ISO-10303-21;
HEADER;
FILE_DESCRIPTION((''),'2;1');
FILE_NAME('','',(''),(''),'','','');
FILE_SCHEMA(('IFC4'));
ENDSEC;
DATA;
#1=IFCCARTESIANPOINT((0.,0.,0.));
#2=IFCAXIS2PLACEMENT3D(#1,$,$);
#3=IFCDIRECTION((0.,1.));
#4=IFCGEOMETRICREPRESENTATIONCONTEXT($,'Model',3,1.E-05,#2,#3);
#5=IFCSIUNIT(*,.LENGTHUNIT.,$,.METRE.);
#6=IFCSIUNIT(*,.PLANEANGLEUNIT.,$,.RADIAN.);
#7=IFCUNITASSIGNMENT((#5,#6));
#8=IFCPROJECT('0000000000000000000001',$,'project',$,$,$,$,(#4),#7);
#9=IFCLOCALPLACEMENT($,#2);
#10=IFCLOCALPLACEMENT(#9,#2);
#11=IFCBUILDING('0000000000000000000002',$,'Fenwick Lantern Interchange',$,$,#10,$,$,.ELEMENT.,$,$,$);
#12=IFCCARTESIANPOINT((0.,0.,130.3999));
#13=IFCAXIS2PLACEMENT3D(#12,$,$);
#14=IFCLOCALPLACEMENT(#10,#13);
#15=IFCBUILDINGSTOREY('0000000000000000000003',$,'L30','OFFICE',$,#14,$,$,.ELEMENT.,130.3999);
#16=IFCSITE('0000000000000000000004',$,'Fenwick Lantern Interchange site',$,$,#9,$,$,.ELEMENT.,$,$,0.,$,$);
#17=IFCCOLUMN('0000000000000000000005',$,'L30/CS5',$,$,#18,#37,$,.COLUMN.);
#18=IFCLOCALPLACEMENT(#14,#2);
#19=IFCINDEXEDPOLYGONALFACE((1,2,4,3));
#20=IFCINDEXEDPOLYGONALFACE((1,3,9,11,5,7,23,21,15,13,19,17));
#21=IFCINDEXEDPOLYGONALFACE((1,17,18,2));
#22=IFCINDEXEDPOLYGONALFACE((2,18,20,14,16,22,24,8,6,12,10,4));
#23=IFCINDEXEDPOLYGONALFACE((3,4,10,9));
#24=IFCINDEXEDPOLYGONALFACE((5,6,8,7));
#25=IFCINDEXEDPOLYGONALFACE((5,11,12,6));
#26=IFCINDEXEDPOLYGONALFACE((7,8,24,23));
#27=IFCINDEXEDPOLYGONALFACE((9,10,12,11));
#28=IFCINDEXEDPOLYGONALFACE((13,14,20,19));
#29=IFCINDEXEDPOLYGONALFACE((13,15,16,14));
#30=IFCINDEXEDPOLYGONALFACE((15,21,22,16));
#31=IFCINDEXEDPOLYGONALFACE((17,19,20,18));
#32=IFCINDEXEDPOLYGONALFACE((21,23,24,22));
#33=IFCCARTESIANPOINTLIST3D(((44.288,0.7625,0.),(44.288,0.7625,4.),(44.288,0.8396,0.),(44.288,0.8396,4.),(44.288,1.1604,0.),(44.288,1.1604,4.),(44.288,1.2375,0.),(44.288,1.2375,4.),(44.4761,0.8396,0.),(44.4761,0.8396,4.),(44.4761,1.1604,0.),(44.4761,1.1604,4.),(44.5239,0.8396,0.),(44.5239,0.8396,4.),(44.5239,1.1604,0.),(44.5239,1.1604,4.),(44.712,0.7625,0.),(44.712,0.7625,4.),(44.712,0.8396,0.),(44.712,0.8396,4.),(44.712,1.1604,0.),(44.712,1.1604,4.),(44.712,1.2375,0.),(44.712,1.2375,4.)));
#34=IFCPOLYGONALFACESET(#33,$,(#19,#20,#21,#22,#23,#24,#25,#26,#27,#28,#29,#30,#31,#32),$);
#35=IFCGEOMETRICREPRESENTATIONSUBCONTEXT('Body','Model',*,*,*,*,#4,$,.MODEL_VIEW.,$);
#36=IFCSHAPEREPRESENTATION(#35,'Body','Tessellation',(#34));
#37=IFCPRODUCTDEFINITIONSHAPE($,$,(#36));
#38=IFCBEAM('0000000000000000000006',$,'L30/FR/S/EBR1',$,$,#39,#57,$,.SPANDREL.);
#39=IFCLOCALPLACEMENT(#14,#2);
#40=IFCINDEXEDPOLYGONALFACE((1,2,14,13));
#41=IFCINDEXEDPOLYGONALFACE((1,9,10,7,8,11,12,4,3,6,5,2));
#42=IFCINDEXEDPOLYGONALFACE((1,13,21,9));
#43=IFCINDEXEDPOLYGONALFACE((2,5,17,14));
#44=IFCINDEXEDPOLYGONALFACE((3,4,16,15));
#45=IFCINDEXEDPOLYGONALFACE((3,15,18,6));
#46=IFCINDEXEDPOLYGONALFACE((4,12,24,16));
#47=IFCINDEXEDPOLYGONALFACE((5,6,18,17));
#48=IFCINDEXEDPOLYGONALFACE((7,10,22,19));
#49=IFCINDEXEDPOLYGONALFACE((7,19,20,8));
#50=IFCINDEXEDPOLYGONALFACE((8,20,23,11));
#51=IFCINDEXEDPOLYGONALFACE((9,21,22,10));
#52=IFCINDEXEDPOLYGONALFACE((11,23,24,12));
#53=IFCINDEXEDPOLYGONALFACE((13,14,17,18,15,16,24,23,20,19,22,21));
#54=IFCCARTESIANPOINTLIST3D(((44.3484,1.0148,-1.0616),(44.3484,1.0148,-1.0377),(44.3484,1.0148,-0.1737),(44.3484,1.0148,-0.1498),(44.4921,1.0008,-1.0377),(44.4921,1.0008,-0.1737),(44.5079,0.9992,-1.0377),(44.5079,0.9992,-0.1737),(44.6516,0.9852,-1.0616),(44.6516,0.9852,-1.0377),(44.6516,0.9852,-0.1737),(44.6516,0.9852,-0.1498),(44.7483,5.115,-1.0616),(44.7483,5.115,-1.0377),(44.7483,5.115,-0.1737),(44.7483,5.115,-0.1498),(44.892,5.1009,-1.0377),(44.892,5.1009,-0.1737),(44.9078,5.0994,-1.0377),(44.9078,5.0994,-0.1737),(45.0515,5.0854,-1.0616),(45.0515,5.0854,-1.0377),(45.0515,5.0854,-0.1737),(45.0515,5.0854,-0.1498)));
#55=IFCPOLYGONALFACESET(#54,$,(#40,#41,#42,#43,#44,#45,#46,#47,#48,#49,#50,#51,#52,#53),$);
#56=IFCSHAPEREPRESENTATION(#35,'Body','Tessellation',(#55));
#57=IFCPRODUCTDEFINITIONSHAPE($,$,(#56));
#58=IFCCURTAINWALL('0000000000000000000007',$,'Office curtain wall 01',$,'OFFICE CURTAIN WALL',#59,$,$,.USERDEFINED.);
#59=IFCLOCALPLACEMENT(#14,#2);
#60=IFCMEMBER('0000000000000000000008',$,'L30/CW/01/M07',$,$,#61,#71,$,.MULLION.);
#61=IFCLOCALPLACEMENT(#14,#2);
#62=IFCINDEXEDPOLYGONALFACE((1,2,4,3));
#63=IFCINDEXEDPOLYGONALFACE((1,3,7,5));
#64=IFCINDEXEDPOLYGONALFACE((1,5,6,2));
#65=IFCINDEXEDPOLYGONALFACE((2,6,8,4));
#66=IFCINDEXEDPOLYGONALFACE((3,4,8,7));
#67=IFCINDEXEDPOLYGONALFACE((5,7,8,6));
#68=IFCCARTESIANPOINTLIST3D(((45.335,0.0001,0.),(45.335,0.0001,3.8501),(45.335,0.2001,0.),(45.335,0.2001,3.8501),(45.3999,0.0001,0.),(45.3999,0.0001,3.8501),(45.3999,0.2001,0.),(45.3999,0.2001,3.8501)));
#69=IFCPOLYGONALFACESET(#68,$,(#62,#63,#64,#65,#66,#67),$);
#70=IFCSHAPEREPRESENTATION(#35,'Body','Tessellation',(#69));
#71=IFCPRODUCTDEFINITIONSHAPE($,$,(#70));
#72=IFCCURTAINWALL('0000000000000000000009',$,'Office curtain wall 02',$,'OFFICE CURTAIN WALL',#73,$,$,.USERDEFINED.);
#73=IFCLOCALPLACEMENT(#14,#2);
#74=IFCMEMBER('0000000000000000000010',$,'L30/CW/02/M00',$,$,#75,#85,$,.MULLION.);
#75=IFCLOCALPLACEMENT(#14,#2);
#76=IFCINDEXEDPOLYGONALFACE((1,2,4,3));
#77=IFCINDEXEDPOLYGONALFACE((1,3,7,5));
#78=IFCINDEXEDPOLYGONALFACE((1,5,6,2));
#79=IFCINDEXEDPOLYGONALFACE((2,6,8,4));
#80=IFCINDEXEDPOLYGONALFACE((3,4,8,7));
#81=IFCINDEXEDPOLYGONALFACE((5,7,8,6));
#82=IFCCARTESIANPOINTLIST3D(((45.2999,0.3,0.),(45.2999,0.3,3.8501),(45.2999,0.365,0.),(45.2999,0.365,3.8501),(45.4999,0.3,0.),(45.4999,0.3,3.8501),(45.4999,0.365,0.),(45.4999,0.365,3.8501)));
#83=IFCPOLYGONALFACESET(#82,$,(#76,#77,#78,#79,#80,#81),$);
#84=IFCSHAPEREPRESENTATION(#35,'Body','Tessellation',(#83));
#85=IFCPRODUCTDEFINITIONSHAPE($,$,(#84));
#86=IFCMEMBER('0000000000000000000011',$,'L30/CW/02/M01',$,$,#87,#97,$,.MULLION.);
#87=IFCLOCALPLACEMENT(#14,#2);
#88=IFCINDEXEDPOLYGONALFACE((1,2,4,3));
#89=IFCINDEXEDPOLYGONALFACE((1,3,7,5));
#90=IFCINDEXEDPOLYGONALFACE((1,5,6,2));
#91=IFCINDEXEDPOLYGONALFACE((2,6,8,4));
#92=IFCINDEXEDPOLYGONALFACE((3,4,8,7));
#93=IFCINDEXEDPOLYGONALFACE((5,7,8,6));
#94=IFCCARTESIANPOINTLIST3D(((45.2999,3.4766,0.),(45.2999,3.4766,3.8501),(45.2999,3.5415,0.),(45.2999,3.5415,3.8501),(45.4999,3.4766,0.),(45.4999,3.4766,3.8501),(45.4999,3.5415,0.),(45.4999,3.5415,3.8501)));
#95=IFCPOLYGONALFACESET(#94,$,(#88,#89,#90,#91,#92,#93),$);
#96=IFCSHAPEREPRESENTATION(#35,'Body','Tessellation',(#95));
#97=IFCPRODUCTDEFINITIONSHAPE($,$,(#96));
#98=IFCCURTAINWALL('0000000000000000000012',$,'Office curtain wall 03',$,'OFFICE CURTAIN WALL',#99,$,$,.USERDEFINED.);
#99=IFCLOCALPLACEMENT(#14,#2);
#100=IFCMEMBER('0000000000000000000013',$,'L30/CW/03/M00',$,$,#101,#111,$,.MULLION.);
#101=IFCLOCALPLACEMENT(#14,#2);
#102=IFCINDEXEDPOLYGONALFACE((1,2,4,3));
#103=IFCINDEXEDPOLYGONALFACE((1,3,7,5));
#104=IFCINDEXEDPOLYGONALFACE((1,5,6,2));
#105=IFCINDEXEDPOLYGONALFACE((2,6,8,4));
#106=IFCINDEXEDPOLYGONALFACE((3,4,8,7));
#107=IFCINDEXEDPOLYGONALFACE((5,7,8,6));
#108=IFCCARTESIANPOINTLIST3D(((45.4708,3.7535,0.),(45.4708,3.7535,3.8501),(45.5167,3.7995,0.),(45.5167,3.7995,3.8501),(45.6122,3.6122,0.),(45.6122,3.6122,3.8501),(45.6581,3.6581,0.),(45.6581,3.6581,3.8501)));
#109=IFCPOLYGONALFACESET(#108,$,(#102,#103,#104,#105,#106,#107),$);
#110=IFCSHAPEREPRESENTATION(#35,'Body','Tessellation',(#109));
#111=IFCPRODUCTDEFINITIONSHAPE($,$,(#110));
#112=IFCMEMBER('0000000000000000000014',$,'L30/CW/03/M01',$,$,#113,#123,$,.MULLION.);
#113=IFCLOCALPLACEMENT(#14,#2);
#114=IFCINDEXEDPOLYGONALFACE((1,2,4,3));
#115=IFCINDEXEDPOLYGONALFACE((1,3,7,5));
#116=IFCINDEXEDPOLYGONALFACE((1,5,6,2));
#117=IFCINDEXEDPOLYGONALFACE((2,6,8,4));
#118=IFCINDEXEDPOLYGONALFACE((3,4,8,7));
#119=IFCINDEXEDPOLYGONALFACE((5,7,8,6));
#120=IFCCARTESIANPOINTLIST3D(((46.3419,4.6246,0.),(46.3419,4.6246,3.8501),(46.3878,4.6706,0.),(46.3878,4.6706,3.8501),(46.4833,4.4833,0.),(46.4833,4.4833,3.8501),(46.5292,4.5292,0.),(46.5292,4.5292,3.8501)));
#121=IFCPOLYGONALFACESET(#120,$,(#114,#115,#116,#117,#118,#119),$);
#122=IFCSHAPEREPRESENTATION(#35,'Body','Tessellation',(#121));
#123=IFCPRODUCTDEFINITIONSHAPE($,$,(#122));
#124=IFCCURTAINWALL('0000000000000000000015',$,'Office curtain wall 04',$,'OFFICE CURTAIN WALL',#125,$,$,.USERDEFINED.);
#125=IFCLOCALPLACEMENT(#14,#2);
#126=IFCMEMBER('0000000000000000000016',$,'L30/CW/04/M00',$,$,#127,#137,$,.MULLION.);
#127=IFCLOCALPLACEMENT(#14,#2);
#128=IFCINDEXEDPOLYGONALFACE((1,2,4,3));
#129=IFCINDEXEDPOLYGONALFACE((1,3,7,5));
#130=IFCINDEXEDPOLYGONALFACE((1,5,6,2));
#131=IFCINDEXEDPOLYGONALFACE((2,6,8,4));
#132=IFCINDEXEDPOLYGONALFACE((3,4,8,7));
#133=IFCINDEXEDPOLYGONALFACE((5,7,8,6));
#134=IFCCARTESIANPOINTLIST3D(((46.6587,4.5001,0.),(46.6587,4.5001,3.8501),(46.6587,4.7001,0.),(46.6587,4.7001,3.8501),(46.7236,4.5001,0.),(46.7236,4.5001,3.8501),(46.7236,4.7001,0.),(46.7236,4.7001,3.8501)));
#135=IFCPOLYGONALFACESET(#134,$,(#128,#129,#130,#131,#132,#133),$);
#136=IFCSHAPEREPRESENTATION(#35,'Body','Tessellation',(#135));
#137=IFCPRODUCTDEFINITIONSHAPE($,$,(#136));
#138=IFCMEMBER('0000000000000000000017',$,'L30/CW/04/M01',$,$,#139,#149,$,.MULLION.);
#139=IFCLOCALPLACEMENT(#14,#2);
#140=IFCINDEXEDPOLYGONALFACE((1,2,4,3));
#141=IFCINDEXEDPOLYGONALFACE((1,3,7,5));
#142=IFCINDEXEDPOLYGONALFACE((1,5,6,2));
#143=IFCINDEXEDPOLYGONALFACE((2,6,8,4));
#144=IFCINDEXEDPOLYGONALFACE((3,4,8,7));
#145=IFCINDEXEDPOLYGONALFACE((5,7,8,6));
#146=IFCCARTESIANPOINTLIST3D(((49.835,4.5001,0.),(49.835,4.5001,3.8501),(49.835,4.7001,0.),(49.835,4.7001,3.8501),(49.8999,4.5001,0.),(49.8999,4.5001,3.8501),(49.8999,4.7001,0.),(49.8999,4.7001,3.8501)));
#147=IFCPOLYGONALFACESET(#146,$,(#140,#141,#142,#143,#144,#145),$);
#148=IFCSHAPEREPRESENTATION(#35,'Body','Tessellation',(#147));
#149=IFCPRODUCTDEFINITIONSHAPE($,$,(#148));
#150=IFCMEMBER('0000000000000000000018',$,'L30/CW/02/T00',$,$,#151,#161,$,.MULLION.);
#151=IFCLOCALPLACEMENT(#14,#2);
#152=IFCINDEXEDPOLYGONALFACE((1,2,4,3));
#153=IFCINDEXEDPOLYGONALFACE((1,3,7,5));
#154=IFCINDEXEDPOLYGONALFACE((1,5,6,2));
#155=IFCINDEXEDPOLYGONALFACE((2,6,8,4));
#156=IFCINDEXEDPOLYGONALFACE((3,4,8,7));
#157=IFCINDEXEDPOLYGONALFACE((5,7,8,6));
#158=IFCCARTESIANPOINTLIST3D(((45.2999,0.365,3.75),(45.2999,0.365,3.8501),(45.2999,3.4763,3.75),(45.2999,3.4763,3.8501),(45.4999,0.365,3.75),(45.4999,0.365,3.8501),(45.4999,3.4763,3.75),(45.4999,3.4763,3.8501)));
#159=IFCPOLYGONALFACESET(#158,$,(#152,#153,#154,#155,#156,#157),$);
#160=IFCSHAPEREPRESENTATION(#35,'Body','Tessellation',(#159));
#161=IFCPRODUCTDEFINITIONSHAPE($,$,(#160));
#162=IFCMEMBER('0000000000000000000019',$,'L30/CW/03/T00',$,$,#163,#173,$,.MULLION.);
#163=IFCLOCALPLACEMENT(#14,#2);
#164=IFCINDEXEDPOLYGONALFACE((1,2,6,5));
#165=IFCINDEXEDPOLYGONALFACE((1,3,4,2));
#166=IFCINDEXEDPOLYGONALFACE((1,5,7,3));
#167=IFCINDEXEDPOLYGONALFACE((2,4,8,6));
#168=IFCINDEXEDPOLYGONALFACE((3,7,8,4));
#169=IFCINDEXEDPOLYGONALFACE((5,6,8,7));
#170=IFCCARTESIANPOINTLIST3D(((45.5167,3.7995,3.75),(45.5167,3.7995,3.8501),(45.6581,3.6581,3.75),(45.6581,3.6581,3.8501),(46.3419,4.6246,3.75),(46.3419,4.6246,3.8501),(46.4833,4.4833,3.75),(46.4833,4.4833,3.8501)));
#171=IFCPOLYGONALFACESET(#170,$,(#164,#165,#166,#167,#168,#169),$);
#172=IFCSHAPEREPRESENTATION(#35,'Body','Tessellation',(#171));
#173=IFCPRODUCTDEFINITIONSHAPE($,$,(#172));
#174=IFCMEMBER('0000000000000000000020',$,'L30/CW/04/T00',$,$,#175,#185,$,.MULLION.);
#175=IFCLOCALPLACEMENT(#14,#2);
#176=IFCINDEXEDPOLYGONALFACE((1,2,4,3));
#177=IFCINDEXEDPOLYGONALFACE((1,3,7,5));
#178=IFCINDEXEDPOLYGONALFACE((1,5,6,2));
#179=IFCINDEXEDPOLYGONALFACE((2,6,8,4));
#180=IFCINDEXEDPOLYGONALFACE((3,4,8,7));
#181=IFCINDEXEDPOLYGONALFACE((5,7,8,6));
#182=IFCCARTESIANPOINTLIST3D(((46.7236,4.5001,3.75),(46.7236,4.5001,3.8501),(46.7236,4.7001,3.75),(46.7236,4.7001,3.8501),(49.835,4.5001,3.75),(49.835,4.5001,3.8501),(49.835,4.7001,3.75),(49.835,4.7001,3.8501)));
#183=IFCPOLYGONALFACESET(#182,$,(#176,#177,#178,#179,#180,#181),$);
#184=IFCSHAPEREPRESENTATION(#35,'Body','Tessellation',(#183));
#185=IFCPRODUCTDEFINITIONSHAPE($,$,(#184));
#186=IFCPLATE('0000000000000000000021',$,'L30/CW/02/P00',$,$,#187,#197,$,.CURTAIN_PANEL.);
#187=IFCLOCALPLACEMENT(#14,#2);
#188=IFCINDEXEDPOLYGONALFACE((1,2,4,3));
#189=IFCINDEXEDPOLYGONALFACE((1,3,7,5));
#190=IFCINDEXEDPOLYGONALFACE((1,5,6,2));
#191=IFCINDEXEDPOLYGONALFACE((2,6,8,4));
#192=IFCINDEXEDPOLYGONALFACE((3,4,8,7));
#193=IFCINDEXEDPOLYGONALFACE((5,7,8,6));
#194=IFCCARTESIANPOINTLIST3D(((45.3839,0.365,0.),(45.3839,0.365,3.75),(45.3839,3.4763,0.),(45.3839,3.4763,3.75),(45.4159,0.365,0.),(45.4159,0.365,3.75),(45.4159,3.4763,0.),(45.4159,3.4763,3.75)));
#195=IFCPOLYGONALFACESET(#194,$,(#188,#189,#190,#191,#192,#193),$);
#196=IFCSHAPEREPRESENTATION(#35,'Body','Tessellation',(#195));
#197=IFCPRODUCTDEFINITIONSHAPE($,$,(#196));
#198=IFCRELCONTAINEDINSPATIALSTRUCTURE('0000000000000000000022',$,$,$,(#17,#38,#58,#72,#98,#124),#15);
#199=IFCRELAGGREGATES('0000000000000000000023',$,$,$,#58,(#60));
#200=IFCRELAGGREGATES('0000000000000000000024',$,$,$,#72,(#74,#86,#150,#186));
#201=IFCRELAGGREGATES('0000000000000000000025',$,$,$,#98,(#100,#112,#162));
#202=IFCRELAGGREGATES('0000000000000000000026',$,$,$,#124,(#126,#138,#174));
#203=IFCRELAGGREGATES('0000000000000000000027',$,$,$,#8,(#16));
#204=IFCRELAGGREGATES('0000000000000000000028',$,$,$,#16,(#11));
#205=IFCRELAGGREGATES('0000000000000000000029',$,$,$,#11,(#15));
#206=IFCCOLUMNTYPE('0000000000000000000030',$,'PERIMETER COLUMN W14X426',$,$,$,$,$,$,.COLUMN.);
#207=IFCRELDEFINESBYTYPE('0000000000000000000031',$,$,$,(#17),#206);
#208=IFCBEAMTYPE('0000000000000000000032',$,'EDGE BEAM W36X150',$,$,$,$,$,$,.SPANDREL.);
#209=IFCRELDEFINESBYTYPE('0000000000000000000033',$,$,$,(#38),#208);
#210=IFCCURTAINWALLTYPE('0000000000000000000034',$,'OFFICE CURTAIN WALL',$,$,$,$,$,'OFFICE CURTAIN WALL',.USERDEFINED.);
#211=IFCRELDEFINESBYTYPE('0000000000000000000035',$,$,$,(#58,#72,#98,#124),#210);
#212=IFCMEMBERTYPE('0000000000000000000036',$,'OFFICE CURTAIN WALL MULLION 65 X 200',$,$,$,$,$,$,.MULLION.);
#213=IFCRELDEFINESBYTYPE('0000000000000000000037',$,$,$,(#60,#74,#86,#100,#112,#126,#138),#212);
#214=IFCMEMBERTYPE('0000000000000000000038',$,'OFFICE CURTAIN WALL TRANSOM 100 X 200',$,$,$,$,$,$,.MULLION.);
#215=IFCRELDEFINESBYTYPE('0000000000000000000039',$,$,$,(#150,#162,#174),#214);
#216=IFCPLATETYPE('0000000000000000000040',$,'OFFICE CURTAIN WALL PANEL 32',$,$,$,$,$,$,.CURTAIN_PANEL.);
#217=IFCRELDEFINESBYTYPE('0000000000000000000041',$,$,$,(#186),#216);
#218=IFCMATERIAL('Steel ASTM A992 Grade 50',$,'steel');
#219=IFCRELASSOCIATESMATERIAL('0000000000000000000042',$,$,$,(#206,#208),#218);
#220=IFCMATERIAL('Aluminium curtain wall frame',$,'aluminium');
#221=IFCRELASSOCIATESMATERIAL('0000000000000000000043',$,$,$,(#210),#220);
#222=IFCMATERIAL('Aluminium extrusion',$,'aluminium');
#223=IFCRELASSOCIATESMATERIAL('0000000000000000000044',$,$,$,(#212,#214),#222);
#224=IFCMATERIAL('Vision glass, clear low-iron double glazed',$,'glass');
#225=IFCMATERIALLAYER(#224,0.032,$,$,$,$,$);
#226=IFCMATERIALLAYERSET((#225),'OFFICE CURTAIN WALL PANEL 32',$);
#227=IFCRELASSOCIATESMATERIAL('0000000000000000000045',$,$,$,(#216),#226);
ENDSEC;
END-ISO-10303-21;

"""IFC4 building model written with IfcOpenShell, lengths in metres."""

from ifc_helpers import new_model, si_unit, direction, frame, origin, origin_2d, place, context, subcontext, project, spatial, rectangle, i_section, extrude, material, layer, layer_set, material_profile, profile_set, type_object, element, aggregate, save


model = new_model("IFC4")

# Units and contexts
model_context = context("Model", 3, precision=1e-05, world=origin(), true_north=direction((0.0, 1.0)))
body_context = subcontext(model_context, "Body", "Model", "MODEL_VIEW")
ifc_project = project(units=[si_unit("LENGTHUNIT", "METRE"), si_unit("PLANEANGLEUNIT", "RADIAN")], contexts=[model_context])

# Site, building, storey
site_placement = place(None, origin())
site = spatial("IfcSite", under=ifc_project, at=site_placement, Name="Fenwick Lantern Interchange site", CompositionType="ELEMENT", RefElevation=0.0)
building_placement = place(site_placement, origin())
building = spatial("IfcBuilding", under=site, at=building_placement, Name="Fenwick Lantern Interchange", CompositionType="ELEMENT")
storey_placement = place(building_placement, frame((0.0, 0.0, 130.3999)))
storey = spatial("IfcBuildingStorey", under=building, at=storey_placement, Name="L30", Description="OFFICE", CompositionType="ELEMENT", Elevation=130.3999)

# Column
ifc_material_1 = material(Name="Steel ASTM A992 Grade 50", Category="steel")
ifc_material_profile_1 = material_profile(ifc_material_1, i_section(OverallWidth=0.4241, OverallDepth=0.4751, WebThickness=0.0479, FlangeThickness=0.0771, at=origin_2d()), Name="W14X426")
ifc_profile_set_1 = profile_set([ifc_material_profile_1], Name="Steel ASTM A992 Grade 50")
column_type = type_object("IfcColumnType", Name="PERIMETER COLUMN W14X426", PredefinedType="COLUMN", material=ifc_profile_set_1)
column_placement = place(storey_placement, frame((44.5, 1.0, 0.0), z_axis=(0.0, 0.0, 1.0), x_axis=(1.0, 0.0, 0.0)))
element("IfcColumn", 1, at=column_placement, inside=storey, type_object=column_type, Name="L30/CS5", PredefinedType="COLUMN", context=body_context, shape_type="SweptSolid", body=[
    extrude(i_section(OverallWidth=0.4241, OverallDepth=0.4751, WebThickness=0.0479, FlangeThickness=0.0771, at=origin_2d()), origin(), (0.0, 0.0, 1.0), 4.0),
])

# Beam
ifc_material_profile_2 = material_profile(ifc_material_1, i_section(OverallWidth=0.3047, OverallDepth=0.9119, WebThickness=0.0159, FlangeThickness=0.0239, at=origin_2d()), Name="W36X150")
ifc_profile_set_2 = profile_set([ifc_material_profile_2], Name="Steel ASTM A992 Grade 50")
beam_type = type_object("IfcBeamType", Name="EDGE BEAM W36X150", PredefinedType="SPANDREL", material=ifc_profile_set_2)
beam_placement = place(storey_placement, frame((44.5, 1.0, -0.6057), z_axis=(0.097074, 0.995277, 0.0), x_axis=(-0.995277, 0.097074, 0.0)))
element("IfcBeam", 2, at=beam_placement, inside=storey, type_object=beam_type, Name="L30/FR/S/EBR1", PredefinedType="SPANDREL", context=body_context, shape_type="SweptSolid", body=[
    extrude(i_section(OverallWidth=0.3047, OverallDepth=0.9119, WebThickness=0.0159, FlangeThickness=0.0239, at=origin_2d()), origin(), (0.0, 0.0, 1.0), 4.1196),
])

# Curtain wall, member
ifc_material_2 = material(Name="Aluminium curtain wall frame", Category="aluminium")
curtain_wall_type = type_object("IfcCurtainWallType", Name="OFFICE CURTAIN WALL", ElementType="OFFICE CURTAIN WALL", PredefinedType="USERDEFINED", material=ifc_material_2)
curtain_wall_1_placement = place(storey_placement, origin())
curtain_wall_1 = element("IfcCurtainWall", 3, at=curtain_wall_1_placement, inside=storey, type_object=curtain_wall_type, Name="Office curtain wall 01", ObjectType="OFFICE CURTAIN WALL", PredefinedType="USERDEFINED")
ifc_material_3 = material(Name="Aluminium extrusion", Category="aluminium")
ifc_material_profile_3 = material_profile(ifc_material_3, rectangle(XDim=0.2, YDim=0.0649, at=origin_2d()), Name="OFFICE CURTAIN WALL MULLION 65 X 200")
ifc_profile_set_3 = profile_set([ifc_material_profile_3], Name="Aluminium extrusion")
member_type_1 = type_object("IfcMemberType", Name="OFFICE CURTAIN WALL MULLION 65 X 200", PredefinedType="MULLION", material=ifc_profile_set_3)
member_1_placement = place(storey_placement, frame((45.3674, 0.1001, 0.0), z_axis=(0.0, 0.0, 1.0), x_axis=(0.0, 1.0, 0.0)))
member_1 = element("IfcMember", 4, at=member_1_placement, type_object=member_type_1, Name="L30/CW/01/M07", PredefinedType="MULLION", context=body_context, shape_type="SweptSolid", body=[
    extrude(rectangle(XDim=0.2, YDim=0.0649, at=origin_2d()), origin(), (0.0, 0.0, 1.0), 3.8501),
])
aggregate(curtain_wall_1, [member_1])

# Curtain walls, members
curtain_wall_2_placement = place(storey_placement, origin())
curtain_wall_2 = element("IfcCurtainWall", 5, at=curtain_wall_2_placement, inside=storey, type_object=curtain_wall_type, Name="Office curtain wall 02", ObjectType="OFFICE CURTAIN WALL", PredefinedType="USERDEFINED")
member_2_placement = place(storey_placement, frame((45.3999, 0.3325, 0.0), z_axis=(0.0, 0.0, 1.0), x_axis=(-1.0, 0.0, 0.0)))
member_2 = element("IfcMember", 6, at=member_2_placement, type_object=member_type_1, Name="L30/CW/02/M00", PredefinedType="MULLION", context=body_context, shape_type="SweptSolid", body=[
    extrude(rectangle(XDim=0.2, YDim=0.0649, at=origin_2d()), origin(), (0.0, 0.0, 1.0), 3.8501),
])
member_3_placement = place(storey_placement, frame((45.3999, 3.509, 0.0), z_axis=(0.0, 0.0, 1.0), x_axis=(-1.0, 0.0, 0.0)))
member_3 = element("IfcMember", 7, at=member_3_placement, type_object=member_type_1, Name="L30/CW/02/M01", PredefinedType="MULLION", context=body_context, shape_type="SweptSolid", body=[
    extrude(rectangle(XDim=0.2, YDim=0.0649, at=origin_2d()), origin(), (0.0, 0.0, 1.0), 3.8501),
])
curtain_wall_3_placement = place(storey_placement, origin())
curtain_wall_3 = element("IfcCurtainWall", 8, at=curtain_wall_3_placement, inside=storey, type_object=curtain_wall_type, Name="Office curtain wall 03", ObjectType="OFFICE CURTAIN WALL", PredefinedType="USERDEFINED")
member_4_placement = place(storey_placement, frame((45.5645, 3.7058, 0.0), z_axis=(0.0, 0.0, 1.0), x_axis=(-0.707107, 0.707107, 0.0)))
member_4 = element("IfcMember", 9, at=member_4_placement, type_object=member_type_1, Name="L30/CW/03/M00", PredefinedType="MULLION", context=body_context, shape_type="SweptSolid", body=[
    extrude(rectangle(XDim=0.2, YDim=0.0649, at=origin_2d()), origin(), (0.0, 0.0, 1.0), 3.8501),
])
member_5_placement = place(storey_placement, frame((46.4355, 4.5769, 0.0), z_axis=(0.0, 0.0, 1.0), x_axis=(-0.707107, 0.707107, 0.0)))
member_5 = element("IfcMember", 10, at=member_5_placement, type_object=member_type_1, Name="L30/CW/03/M01", PredefinedType="MULLION", context=body_context, shape_type="SweptSolid", body=[
    extrude(rectangle(XDim=0.2, YDim=0.0649, at=origin_2d()), origin(), (0.0, 0.0, 1.0), 3.8501),
])
curtain_wall_4_placement = place(storey_placement, origin())
curtain_wall_4 = element("IfcCurtainWall", 11, at=curtain_wall_4_placement, inside=storey, type_object=curtain_wall_type, Name="Office curtain wall 04", ObjectType="OFFICE CURTAIN WALL", PredefinedType="USERDEFINED")
member_6_placement = place(storey_placement, frame((46.6912, 4.6001, 0.0), z_axis=(0.0, 0.0, 1.0), x_axis=(0.0, 1.0, 0.0)))
member_6 = element("IfcMember", 12, at=member_6_placement, type_object=member_type_1, Name="L30/CW/04/M00", PredefinedType="MULLION", context=body_context, shape_type="SweptSolid", body=[
    extrude(rectangle(XDim=0.2, YDim=0.0649, at=origin_2d()), origin(), (0.0, 0.0, 1.0), 3.8501),
])
member_7_placement = place(storey_placement, frame((49.8674, 4.6001, 0.0), z_axis=(0.0, 0.0, 1.0), x_axis=(0.0, 1.0, 0.0)))
member_7 = element("IfcMember", 13, at=member_7_placement, type_object=member_type_1, Name="L30/CW/04/M01", PredefinedType="MULLION", context=body_context, shape_type="SweptSolid", body=[
    extrude(rectangle(XDim=0.2, YDim=0.0649, at=origin_2d()), origin(), (0.0, 0.0, 1.0), 3.8501),
])

# Members
ifc_material_profile_4 = material_profile(ifc_material_3, rectangle(XDim=0.2, YDim=0.1001, at=origin_2d()), Name="OFFICE CURTAIN WALL TRANSOM 100 X 200")
ifc_profile_set_4 = profile_set([ifc_material_profile_4], Name="Aluminium extrusion")
member_type_2 = type_object("IfcMemberType", Name="OFFICE CURTAIN WALL TRANSOM 100 X 200", PredefinedType="MULLION", material=ifc_profile_set_4)
member_8_placement = place(storey_placement, frame((45.3999, 0.365, 3.8), z_axis=(0.0, 1.0, 0.0), x_axis=(-1.0, 0.0, 0.0)))
member_8 = element("IfcMember", 14, at=member_8_placement, type_object=member_type_2, Name="L30/CW/02/T00", PredefinedType="MULLION", context=body_context, shape_type="SweptSolid", body=[
    extrude(rectangle(XDim=0.2, YDim=0.1001, at=origin_2d()), origin(), (0.0, 0.0, 1.0), 3.1113),
])
member_9_placement = place(storey_placement, frame((45.5874, 3.7288, 3.8), z_axis=(0.707107, 0.707107, 0.0), x_axis=(-0.707107, 0.707107, 0.0)))
member_9 = element("IfcMember", 15, at=member_9_placement, type_object=member_type_2, Name="L30/CW/03/T00", PredefinedType="MULLION", context=body_context, shape_type="SweptSolid", body=[
    extrude(rectangle(XDim=0.2, YDim=0.1001, at=origin_2d()), origin(), (0.0, 0.0, 1.0), 1.167),
])
member_10_placement = place(storey_placement, frame((46.7236, 4.6001, 3.8), z_axis=(1.0, 0.0, 0.0), x_axis=(0.0, 1.0, 0.0)))
member_10 = element("IfcMember", 16, at=member_10_placement, type_object=member_type_2, Name="L30/CW/04/T00", PredefinedType="MULLION", context=body_context, shape_type="SweptSolid", body=[
    extrude(rectangle(XDim=0.2, YDim=0.1001, at=origin_2d()), origin(), (0.0, 0.0, 1.0), 3.1113),
])

# Plate
ifc_material_4 = material(Name="Vision glass, clear low-iron double glazed", Category="glass")
ifc_layer_1 = layer(ifc_material_4, 0.032)
ifc_layer_set_1 = layer_set([ifc_layer_1], Name="OFFICE CURTAIN WALL PANEL 32")
plate_type = type_object("IfcPlateType", Name="OFFICE CURTAIN WALL PANEL 32", PredefinedType="CURTAIN_PANEL", material=ifc_layer_set_1)
plate_1_placement = place(storey_placement, frame((45.3999, 1.9207, 0.0), z_axis=(0.0, 0.0, 1.0), x_axis=(0.0, 1.0, 0.0)))
plate_1 = element("IfcPlate", 17, at=plate_1_placement, type_object=plate_type, Name="L30/CW/02/P00", PredefinedType="CURTAIN_PANEL", context=body_context, shape_type="SweptSolid", body=[
    extrude(rectangle(XDim=3.1113, YDim=0.032, at=origin_2d()), origin(), (0.0, 0.0, 1.0), 3.75),
])
aggregate(curtain_wall_2, [member_2, member_3, member_8, plate_1])
aggregate(curtain_wall_3, [member_4, member_5, member_9])
aggregate(curtain_wall_4, [member_6, member_7, member_10])

save(model, "model.ifc")
